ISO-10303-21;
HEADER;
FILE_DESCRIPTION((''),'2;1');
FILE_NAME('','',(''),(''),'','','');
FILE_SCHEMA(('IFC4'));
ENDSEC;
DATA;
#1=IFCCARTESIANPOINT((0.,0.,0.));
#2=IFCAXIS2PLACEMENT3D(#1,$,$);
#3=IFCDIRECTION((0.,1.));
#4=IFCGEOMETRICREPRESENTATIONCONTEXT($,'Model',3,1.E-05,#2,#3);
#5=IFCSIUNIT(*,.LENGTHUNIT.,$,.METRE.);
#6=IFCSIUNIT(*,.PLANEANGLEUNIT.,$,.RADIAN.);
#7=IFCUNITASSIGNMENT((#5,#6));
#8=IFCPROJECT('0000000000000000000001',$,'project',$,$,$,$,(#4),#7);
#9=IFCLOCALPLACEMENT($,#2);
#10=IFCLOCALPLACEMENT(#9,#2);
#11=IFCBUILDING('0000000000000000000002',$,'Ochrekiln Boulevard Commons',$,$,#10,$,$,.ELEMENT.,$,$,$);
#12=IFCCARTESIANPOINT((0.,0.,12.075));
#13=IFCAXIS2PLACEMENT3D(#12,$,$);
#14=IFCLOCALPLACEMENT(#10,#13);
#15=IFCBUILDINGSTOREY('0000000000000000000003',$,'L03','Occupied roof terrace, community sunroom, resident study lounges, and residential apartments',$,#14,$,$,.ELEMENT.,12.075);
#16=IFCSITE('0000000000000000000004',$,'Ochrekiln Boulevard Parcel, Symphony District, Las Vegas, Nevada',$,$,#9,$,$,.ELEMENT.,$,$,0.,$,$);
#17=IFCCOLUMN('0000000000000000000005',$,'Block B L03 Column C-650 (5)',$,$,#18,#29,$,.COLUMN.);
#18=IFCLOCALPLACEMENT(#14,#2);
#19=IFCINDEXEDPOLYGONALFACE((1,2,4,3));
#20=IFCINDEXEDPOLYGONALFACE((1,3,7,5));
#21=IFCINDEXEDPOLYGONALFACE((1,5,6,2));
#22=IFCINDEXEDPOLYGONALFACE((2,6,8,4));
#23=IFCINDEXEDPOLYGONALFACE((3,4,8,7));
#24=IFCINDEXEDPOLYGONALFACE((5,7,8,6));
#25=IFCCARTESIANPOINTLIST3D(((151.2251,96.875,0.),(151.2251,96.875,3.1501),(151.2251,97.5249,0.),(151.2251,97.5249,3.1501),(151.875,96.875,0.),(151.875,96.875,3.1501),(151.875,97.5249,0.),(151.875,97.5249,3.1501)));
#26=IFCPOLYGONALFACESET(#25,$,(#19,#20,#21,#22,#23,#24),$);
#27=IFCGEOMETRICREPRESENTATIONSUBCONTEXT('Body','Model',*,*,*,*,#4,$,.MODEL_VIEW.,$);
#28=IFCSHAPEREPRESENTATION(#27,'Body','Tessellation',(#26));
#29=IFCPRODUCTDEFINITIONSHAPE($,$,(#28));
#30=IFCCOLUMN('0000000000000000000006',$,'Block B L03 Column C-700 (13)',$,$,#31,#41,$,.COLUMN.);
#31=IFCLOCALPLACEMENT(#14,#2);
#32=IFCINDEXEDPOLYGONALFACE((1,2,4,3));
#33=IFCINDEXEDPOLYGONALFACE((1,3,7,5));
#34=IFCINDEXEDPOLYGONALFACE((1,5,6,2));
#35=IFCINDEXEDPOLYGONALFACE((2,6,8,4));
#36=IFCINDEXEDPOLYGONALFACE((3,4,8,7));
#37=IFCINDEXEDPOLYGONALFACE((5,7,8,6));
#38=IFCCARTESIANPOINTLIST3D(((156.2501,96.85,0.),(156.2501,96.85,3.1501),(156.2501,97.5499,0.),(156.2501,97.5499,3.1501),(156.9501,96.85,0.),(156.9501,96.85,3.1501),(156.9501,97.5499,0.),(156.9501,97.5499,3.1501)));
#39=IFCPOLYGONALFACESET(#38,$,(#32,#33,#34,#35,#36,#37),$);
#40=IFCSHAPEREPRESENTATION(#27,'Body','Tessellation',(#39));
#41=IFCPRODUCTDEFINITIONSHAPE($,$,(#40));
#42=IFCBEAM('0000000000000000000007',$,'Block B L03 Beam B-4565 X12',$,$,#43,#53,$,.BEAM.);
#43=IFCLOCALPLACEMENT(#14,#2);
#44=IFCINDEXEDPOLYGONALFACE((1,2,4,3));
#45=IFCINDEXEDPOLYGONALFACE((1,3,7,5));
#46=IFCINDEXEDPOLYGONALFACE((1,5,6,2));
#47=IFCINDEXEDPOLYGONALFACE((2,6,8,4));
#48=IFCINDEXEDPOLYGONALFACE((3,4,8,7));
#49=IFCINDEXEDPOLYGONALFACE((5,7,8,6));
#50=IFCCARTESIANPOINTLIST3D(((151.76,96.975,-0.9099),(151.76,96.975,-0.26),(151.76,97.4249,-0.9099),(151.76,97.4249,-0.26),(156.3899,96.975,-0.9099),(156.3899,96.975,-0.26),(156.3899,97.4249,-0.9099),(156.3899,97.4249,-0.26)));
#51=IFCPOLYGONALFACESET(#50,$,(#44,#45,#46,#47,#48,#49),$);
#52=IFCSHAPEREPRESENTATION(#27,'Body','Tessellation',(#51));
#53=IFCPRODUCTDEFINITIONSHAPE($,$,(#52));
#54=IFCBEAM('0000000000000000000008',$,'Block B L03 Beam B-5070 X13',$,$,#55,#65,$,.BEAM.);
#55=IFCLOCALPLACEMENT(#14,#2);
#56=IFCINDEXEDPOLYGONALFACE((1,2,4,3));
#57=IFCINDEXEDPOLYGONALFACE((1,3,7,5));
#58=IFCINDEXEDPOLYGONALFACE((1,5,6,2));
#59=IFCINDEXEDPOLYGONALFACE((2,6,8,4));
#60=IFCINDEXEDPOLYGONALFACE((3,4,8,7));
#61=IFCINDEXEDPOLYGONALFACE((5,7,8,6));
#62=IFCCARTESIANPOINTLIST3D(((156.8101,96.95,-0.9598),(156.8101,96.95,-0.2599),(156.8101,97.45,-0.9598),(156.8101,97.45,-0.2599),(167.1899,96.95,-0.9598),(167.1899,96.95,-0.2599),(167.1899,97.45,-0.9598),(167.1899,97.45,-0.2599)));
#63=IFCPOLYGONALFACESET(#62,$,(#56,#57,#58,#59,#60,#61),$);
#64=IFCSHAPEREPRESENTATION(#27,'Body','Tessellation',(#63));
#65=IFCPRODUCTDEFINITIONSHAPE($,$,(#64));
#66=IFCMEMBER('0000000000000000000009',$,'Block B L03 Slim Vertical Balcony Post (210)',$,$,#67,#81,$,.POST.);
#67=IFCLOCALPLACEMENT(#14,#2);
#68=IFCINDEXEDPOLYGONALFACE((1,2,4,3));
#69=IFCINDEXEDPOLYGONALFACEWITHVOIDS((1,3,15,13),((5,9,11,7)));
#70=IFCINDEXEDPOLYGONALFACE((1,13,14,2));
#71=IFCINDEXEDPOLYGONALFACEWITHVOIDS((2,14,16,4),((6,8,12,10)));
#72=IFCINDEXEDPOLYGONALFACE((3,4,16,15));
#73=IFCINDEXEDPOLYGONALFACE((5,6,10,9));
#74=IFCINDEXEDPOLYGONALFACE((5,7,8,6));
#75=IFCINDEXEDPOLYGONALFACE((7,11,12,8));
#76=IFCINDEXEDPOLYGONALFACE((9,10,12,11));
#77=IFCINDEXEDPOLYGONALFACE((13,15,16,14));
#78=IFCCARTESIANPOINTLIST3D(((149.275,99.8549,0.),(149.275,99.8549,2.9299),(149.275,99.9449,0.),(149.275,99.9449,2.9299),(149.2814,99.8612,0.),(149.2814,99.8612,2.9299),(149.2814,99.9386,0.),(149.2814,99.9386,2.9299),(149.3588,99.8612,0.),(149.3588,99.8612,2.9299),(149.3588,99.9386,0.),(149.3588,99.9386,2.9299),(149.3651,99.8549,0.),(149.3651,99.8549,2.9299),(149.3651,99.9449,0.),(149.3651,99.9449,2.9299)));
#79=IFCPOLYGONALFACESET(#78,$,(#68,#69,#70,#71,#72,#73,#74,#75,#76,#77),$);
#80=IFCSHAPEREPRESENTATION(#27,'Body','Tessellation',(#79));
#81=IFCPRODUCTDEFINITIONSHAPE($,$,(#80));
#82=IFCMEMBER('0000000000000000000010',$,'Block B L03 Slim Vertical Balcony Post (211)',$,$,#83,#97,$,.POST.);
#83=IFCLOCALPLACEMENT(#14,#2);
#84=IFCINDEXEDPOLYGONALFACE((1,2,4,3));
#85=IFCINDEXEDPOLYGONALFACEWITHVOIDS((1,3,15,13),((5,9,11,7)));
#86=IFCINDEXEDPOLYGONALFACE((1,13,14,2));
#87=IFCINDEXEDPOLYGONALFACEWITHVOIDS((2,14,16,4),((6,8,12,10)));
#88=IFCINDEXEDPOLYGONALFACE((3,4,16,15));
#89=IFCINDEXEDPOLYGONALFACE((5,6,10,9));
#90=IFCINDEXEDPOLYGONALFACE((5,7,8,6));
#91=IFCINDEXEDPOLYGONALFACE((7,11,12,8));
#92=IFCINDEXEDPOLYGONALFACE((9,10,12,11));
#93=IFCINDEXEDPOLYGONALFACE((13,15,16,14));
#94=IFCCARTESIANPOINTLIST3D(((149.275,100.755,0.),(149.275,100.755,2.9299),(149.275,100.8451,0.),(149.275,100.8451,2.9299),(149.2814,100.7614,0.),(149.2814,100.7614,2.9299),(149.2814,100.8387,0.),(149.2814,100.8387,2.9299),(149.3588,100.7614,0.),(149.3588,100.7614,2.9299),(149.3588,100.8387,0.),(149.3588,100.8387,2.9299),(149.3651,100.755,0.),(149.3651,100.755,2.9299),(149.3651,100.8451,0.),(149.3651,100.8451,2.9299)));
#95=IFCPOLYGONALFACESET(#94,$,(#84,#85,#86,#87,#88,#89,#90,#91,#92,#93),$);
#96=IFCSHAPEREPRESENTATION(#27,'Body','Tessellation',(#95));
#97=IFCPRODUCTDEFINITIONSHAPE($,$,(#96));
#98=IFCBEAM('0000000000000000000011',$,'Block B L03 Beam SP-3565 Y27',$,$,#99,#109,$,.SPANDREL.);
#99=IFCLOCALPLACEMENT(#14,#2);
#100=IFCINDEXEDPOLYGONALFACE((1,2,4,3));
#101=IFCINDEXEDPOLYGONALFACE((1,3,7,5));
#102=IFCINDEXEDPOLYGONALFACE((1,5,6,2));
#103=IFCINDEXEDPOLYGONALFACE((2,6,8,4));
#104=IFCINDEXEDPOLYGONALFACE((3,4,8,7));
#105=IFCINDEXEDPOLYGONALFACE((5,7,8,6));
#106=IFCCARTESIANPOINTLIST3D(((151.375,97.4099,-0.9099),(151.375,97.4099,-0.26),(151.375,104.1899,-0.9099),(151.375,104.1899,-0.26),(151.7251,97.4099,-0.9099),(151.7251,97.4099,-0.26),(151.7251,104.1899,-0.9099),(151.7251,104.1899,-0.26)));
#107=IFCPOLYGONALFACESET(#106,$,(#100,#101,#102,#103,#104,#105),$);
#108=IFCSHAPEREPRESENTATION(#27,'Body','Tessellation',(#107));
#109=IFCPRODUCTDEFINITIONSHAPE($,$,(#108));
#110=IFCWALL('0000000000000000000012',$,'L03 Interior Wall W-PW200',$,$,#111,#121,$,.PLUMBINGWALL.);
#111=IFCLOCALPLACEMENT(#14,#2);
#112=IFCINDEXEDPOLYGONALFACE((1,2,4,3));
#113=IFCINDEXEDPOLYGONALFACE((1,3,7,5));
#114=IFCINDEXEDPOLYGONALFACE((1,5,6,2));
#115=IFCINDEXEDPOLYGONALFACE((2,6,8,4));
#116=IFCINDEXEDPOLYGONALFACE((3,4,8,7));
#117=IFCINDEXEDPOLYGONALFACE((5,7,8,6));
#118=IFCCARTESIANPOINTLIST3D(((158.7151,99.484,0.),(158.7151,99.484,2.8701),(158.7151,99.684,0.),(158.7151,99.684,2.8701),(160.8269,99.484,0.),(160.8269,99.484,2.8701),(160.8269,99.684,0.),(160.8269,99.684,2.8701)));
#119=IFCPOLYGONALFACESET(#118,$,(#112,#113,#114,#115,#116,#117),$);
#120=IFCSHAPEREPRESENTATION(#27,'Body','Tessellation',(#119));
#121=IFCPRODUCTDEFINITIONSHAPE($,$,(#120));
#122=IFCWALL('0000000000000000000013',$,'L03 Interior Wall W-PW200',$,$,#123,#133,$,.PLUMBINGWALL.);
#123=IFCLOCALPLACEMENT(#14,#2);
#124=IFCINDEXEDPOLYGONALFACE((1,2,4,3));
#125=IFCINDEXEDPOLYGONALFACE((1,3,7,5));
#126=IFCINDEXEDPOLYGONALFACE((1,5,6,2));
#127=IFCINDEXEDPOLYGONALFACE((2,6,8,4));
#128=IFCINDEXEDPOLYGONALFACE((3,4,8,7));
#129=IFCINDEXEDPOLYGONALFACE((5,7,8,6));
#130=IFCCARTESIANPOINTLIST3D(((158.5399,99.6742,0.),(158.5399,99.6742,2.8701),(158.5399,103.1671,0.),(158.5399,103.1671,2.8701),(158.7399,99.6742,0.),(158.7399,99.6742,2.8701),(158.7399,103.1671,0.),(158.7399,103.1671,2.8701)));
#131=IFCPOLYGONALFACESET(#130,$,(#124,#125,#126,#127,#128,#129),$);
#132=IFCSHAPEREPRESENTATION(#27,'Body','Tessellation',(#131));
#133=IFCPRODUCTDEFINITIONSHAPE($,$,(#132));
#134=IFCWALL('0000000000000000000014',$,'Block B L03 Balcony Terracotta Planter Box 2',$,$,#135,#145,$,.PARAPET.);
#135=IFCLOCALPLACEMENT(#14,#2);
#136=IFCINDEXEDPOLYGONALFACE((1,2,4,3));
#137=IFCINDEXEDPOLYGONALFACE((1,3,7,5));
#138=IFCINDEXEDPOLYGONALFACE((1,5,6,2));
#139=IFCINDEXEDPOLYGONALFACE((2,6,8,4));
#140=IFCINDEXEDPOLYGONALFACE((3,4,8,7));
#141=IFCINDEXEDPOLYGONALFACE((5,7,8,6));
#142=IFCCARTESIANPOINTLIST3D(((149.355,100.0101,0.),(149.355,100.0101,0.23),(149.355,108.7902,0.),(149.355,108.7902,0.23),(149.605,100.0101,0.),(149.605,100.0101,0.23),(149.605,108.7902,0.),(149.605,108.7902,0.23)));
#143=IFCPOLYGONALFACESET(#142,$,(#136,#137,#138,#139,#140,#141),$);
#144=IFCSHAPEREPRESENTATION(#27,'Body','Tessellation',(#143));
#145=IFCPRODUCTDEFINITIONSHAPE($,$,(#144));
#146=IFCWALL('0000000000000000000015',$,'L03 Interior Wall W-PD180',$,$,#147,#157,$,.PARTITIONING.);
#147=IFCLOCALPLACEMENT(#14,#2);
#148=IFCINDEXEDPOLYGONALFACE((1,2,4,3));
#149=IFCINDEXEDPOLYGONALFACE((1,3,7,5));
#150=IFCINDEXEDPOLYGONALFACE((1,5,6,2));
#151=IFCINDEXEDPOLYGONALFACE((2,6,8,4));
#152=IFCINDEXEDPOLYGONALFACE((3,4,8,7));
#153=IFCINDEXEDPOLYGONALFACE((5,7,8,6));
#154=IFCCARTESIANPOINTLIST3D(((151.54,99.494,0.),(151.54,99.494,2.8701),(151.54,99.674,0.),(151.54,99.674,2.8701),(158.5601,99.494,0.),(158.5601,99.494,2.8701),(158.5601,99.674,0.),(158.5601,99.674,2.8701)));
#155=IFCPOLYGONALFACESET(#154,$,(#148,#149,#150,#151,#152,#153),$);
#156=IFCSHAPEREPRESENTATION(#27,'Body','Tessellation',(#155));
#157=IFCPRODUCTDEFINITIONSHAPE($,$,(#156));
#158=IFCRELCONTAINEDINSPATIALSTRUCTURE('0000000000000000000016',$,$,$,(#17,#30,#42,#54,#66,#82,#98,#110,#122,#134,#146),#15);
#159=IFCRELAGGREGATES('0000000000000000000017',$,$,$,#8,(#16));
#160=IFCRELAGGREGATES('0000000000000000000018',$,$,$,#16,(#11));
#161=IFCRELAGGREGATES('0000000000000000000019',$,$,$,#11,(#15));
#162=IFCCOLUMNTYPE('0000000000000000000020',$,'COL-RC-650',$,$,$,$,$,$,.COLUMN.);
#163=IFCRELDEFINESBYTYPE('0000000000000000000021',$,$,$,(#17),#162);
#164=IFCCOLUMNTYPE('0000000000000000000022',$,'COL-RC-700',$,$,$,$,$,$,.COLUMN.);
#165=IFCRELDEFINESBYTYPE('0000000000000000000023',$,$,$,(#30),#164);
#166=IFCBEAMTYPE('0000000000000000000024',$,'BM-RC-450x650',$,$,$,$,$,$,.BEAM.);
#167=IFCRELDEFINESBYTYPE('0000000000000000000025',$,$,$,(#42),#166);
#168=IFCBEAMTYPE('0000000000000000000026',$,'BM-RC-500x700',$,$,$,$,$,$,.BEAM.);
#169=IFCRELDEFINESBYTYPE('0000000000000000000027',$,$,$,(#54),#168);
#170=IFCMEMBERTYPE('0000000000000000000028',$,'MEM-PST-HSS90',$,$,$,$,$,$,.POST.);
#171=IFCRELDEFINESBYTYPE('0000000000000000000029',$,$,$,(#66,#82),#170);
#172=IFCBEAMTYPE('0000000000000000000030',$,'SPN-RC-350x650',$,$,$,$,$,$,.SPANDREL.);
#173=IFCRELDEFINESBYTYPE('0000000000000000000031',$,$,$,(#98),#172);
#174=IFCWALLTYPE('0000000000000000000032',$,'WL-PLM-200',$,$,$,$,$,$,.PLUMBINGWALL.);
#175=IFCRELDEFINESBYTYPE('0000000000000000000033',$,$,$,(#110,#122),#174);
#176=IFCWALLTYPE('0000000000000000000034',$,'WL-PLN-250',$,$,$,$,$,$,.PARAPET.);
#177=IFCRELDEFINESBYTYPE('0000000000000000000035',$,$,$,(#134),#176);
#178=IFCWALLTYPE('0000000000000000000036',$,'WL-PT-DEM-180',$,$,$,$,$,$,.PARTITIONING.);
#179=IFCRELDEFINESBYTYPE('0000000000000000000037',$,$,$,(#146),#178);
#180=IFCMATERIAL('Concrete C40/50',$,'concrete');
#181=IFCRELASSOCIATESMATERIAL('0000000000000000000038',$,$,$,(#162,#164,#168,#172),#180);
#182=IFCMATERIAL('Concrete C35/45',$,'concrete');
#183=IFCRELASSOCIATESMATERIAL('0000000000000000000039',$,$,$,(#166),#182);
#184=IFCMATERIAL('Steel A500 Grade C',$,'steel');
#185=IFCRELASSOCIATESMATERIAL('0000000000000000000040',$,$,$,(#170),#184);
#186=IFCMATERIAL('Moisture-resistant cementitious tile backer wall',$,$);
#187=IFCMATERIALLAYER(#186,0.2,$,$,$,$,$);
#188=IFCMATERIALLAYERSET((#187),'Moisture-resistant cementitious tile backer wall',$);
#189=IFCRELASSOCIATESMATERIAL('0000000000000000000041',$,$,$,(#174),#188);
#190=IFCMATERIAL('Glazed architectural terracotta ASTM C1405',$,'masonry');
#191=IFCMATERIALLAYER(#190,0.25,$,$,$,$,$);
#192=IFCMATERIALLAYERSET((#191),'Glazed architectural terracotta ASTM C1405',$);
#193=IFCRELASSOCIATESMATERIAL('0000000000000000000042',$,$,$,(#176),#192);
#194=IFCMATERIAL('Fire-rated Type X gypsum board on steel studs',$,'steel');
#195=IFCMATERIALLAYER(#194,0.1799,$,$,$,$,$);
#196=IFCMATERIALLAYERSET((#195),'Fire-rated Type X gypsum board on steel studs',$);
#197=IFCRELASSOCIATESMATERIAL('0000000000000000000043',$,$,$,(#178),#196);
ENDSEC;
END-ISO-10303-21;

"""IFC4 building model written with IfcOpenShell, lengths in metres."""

from ifc_helpers import new_model, si_unit, direction, frame, frame_2d, origin, origin_2d, place, context, subcontext, project, spatial, rectangle, hollow_rectangle, extrude, material, layer, layer_set, material_profile, profile_set, type_object, element, save


model = new_model("IFC4")

# Units and contexts
model_context = context("Model", 3, precision=1e-05, world=origin(), true_north=direction((0.0, 1.0)))
body_context = subcontext(model_context, "Body", "Model", "MODEL_VIEW")
ifc_project = project(units=[si_unit("LENGTHUNIT", "METRE"), si_unit("PLANEANGLEUNIT", "RADIAN")], contexts=[model_context])

# Site, building, storey
site_placement = place(None, origin())
site = spatial("IfcSite", under=ifc_project, at=site_placement, Name="Ochrekiln Boulevard Parcel, Symphony District, Las Vegas, Nevada", CompositionType="ELEMENT", RefElevation=0.0)
building_placement = place(site_placement, origin())
building = spatial("IfcBuilding", under=site, at=building_placement, Name="Ochrekiln Boulevard Commons", CompositionType="ELEMENT")
storey_placement = place(building_placement, frame((0.0, 0.0, 12.075)))
storey = spatial("IfcBuildingStorey", under=building, at=storey_placement, Name="L03", Description="Occupied roof terrace, community sunroom, resident study lounges, and residential apartments", CompositionType="ELEMENT", Elevation=12.075)

# Columns
ifc_material_1 = material(Name="Concrete C40/50", Category="concrete")
ifc_material_profile_1 = material_profile(ifc_material_1, rectangle(XDim=0.6499, YDim=0.6499, at=origin_2d()), Name="RC-COL-650x650")
ifc_profile_set_1 = profile_set([ifc_material_profile_1], Name="Concrete C40/50")
column_type_1 = type_object("IfcColumnType", Name="COL-RC-650", PredefinedType="COLUMN", material=ifc_profile_set_1)
column_1_placement = place(storey_placement, frame((151.55, 97.2, 0.0), z_axis=(0.0, 0.0, 1.0), x_axis=(1.0, 0.0, 0.0)))
element("IfcColumn", 1, at=column_1_placement, inside=storey, type_object=column_type_1, Name="Block B L03 Column C-650 (5)", PredefinedType="COLUMN", context=body_context, shape_type="SweptSolid", body=[
    extrude(rectangle(XDim=0.6499, YDim=0.6499, at=origin_2d()), origin(), (0.0, 0.0, 1.0), 3.1501),
])
ifc_material_profile_2 = material_profile(ifc_material_1, rectangle(XDim=0.7, YDim=0.7, at=origin_2d()), Name="RC-COL-700x700")
ifc_profile_set_2 = profile_set([ifc_material_profile_2], Name="Concrete C40/50")
column_type_2 = type_object("IfcColumnType", Name="COL-RC-700", PredefinedType="COLUMN", material=ifc_profile_set_2)
column_2_placement = place(storey_placement, frame((156.6001, 97.2, 0.0), z_axis=(0.0, 0.0, 1.0), x_axis=(1.0, 0.0, 0.0)))
element("IfcColumn", 2, at=column_2_placement, inside=storey, type_object=column_type_2, Name="Block B L03 Column C-700 (13)", PredefinedType="COLUMN", context=body_context, shape_type="SweptSolid", body=[
    extrude(rectangle(XDim=0.7, YDim=0.7, at=origin_2d()), origin(), (0.0, 0.0, 1.0), 3.1501),
])

# Beams
ifc_material_2 = material(Name="Concrete C35/45", Category="concrete")
ifc_material_profile_3 = material_profile(ifc_material_2, rectangle(XDim=0.45, YDim=0.6499, at=origin_2d()), Name="RC-BM-450x650")
ifc_profile_set_3 = profile_set([ifc_material_profile_3], Name="Concrete C35/45")
beam_type_1 = type_object("IfcBeamType", Name="BM-RC-450x650", PredefinedType="BEAM", material=ifc_profile_set_3)
beam_1_placement = place(storey_placement, frame((151.76, 97.2, -0.585), z_axis=(1.0, 0.0, 0.0), x_axis=(0.0, 1.0, 0.0)))
element("IfcBeam", 3, at=beam_1_placement, inside=storey, type_object=beam_type_1, Name="Block B L03 Beam B-4565 X12", PredefinedType="BEAM", context=body_context, shape_type="SweptSolid", body=[
    extrude(rectangle(XDim=0.45, YDim=0.6499, at=origin_2d()), origin(), (0.0, 0.0, 1.0), 4.6299),
])
ifc_material_profile_4 = material_profile(ifc_material_1, rectangle(XDim=0.5, YDim=0.7, at=origin_2d()), Name="RC-BM-500x700")
ifc_profile_set_4 = profile_set([ifc_material_profile_4], Name="Concrete C40/50")
beam_type_2 = type_object("IfcBeamType", Name="BM-RC-500x700", PredefinedType="BEAM", material=ifc_profile_set_4)
beam_2_placement = place(storey_placement, frame((156.8101, 97.2, -0.6099), z_axis=(1.0, 0.0, 0.0), x_axis=(0.0, 1.0, 0.0)))
element("IfcBeam", 4, at=beam_2_placement, inside=storey, type_object=beam_type_2, Name="Block B L03 Beam B-5070 X13", PredefinedType="BEAM", context=body_context, shape_type="SweptSolid", body=[
    extrude(rectangle(XDim=0.5, YDim=0.7, at=origin_2d()), origin(), (0.0, 0.0, 1.0), 10.3799),
])

# Members
ifc_material_3 = material(Name="Steel A500 Grade C", Category="steel")
ifc_material_profile_5 = material_profile(ifc_material_3, hollow_rectangle(XDim=0.0901, YDim=0.0901, WallThickness=0.0063, at=origin_2d()), Name="HSS90X90X6.4")
ifc_profile_set_5 = profile_set([ifc_material_profile_5], Name="Steel A500 Grade C")
member_type = type_object("IfcMemberType", Name="MEM-PST-HSS90", PredefinedType="POST", material=ifc_profile_set_5)
for number, where, z_axis, x_axis, name in (
    (5, (149.3201, 99.8999, 0.0), (0.0, 0.0, 1.0), (1.0, 0.0, 0.0), "Block B L03 Slim Vertical Balcony Post (210)"),
    (6, (149.3201, 100.8, 0.0), (0.0, 0.0, 1.0), (1.0, 0.0, 0.0), "Block B L03 Slim Vertical Balcony Post (211)"),
):
    element("IfcMember", number, at=place(storey_placement, frame(where, z_axis=z_axis, x_axis=x_axis)), inside=storey, type_object=member_type, Name=name, PredefinedType="POST", context=body_context, shape_type="SweptSolid", body=[
        extrude(hollow_rectangle(XDim=0.0901, YDim=0.0901, WallThickness=0.0063, at=origin_2d()), origin(), (0.0, 0.0, 1.0), 2.9299),
    ])

# Beam
ifc_material_profile_6 = material_profile(ifc_material_1, rectangle(XDim=0.3501, YDim=0.6499, at=origin_2d()), Name="RC-SPN-350x650")
ifc_profile_set_6 = profile_set([ifc_material_profile_6], Name="Concrete C40/50")
beam_type_3 = type_object("IfcBeamType", Name="SPN-RC-350x650", PredefinedType="SPANDREL", material=ifc_profile_set_6)
beam_3_placement = place(storey_placement, frame((151.55, 97.4099, -0.585), z_axis=(0.0, 1.0, 0.0), x_axis=(-1.0, 0.0, 0.0)))
element("IfcBeam", 7, at=beam_3_placement, inside=storey, type_object=beam_type_3, Name="Block B L03 Beam SP-3565 Y27", PredefinedType="SPANDREL", context=body_context, shape_type="SweptSolid", body=[
    extrude(rectangle(XDim=0.3501, YDim=0.6499, at=origin_2d()), origin(), (0.0, 0.0, 1.0), 6.78),
])

# Walls
ifc_material_4 = material(Name="Moisture-resistant cementitious tile backer wall")
ifc_layer_1 = layer(ifc_material_4, 0.2)
ifc_layer_set_1 = layer_set([ifc_layer_1], Name="Moisture-resistant cementitious tile backer wall")
wall_type_1 = type_object("IfcWallType", Name="WL-PLM-200", PredefinedType="PLUMBINGWALL", material=ifc_layer_set_1)
wall_1_placement = place(storey_placement, frame((158.7151, 99.584, 0.0), z_axis=(0.0, 0.0, 1.0), x_axis=(1.0, 0.0, 0.0)))
element("IfcWall", 8, at=wall_1_placement, inside=storey, type_object=wall_type_1, Name="L03 Interior Wall W-PW200", PredefinedType="PLUMBINGWALL", context=body_context, shape_type="SweptSolid", body=[
    extrude(rectangle(XDim=2.1118, YDim=0.2, at=frame_2d((1.0559, 0.0))), origin(), (0.0, 0.0, 1.0), 2.8701),
])
wall_2_placement = place(storey_placement, frame((158.6399, 99.6741, 0.0), z_axis=(0.0, 0.0, 1.0), x_axis=(0.0, 1.0, 0.0)))
element("IfcWall", 9, at=wall_2_placement, inside=storey, type_object=wall_type_1, Name="L03 Interior Wall W-PW200", PredefinedType="PLUMBINGWALL", context=body_context, shape_type="SweptSolid", body=[
    extrude(rectangle(XDim=3.4929, YDim=0.2, at=frame_2d((1.7466, 0.0))), origin(), (0.0, 0.0, 1.0), 2.8701),
])
ifc_material_5 = material(Name="Glazed architectural terracotta ASTM C1405", Category="masonry")
ifc_layer_2 = layer(ifc_material_5, 0.25)
ifc_layer_set_2 = layer_set([ifc_layer_2], Name="Glazed architectural terracotta ASTM C1405")
wall_type_2 = type_object("IfcWallType", Name="WL-PLN-250", PredefinedType="PARAPET", material=ifc_layer_set_2)
wall_3_placement = place(storey_placement, frame((149.48, 100.01, 0.0), z_axis=(0.0, 0.0, 1.0), x_axis=(0.0, 1.0, 0.0)))
element("IfcWall", 10, at=wall_3_placement, inside=storey, type_object=wall_type_2, Name="Block B L03 Balcony Terracotta Planter Box 2", PredefinedType="PARAPET", context=body_context, shape_type="SweptSolid", body=[
    extrude(rectangle(XDim=8.78, YDim=0.25, at=frame_2d((4.3901, 0.0))), origin(), (0.0, 0.0, 1.0), 0.23),
])
ifc_material_6 = material(Name="Fire-rated Type X gypsum board on steel studs", Category="steel")
ifc_layer_3 = layer(ifc_material_6, 0.1799)
ifc_layer_set_3 = layer_set([ifc_layer_3], Name="Fire-rated Type X gypsum board on steel studs")
wall_type_3 = type_object("IfcWallType", Name="WL-PT-DEM-180", PredefinedType="PARTITIONING", material=ifc_layer_set_3)
wall_4_placement = place(storey_placement, frame((151.54, 99.584, 0.0), z_axis=(0.0, 0.0, 1.0), x_axis=(1.0, 0.0, 0.0)))
element("IfcWall", 11, at=wall_4_placement, inside=storey, type_object=wall_type_3, Name="L03 Interior Wall W-PD180", PredefinedType="PARTITIONING", context=body_context, shape_type="SweptSolid", body=[
    extrude(rectangle(XDim=7.02, YDim=0.1799, at=frame_2d((3.51, 0.0))), origin(), (0.0, 0.0, 1.0), 2.8701),
])

save(model, "model.ifc")
